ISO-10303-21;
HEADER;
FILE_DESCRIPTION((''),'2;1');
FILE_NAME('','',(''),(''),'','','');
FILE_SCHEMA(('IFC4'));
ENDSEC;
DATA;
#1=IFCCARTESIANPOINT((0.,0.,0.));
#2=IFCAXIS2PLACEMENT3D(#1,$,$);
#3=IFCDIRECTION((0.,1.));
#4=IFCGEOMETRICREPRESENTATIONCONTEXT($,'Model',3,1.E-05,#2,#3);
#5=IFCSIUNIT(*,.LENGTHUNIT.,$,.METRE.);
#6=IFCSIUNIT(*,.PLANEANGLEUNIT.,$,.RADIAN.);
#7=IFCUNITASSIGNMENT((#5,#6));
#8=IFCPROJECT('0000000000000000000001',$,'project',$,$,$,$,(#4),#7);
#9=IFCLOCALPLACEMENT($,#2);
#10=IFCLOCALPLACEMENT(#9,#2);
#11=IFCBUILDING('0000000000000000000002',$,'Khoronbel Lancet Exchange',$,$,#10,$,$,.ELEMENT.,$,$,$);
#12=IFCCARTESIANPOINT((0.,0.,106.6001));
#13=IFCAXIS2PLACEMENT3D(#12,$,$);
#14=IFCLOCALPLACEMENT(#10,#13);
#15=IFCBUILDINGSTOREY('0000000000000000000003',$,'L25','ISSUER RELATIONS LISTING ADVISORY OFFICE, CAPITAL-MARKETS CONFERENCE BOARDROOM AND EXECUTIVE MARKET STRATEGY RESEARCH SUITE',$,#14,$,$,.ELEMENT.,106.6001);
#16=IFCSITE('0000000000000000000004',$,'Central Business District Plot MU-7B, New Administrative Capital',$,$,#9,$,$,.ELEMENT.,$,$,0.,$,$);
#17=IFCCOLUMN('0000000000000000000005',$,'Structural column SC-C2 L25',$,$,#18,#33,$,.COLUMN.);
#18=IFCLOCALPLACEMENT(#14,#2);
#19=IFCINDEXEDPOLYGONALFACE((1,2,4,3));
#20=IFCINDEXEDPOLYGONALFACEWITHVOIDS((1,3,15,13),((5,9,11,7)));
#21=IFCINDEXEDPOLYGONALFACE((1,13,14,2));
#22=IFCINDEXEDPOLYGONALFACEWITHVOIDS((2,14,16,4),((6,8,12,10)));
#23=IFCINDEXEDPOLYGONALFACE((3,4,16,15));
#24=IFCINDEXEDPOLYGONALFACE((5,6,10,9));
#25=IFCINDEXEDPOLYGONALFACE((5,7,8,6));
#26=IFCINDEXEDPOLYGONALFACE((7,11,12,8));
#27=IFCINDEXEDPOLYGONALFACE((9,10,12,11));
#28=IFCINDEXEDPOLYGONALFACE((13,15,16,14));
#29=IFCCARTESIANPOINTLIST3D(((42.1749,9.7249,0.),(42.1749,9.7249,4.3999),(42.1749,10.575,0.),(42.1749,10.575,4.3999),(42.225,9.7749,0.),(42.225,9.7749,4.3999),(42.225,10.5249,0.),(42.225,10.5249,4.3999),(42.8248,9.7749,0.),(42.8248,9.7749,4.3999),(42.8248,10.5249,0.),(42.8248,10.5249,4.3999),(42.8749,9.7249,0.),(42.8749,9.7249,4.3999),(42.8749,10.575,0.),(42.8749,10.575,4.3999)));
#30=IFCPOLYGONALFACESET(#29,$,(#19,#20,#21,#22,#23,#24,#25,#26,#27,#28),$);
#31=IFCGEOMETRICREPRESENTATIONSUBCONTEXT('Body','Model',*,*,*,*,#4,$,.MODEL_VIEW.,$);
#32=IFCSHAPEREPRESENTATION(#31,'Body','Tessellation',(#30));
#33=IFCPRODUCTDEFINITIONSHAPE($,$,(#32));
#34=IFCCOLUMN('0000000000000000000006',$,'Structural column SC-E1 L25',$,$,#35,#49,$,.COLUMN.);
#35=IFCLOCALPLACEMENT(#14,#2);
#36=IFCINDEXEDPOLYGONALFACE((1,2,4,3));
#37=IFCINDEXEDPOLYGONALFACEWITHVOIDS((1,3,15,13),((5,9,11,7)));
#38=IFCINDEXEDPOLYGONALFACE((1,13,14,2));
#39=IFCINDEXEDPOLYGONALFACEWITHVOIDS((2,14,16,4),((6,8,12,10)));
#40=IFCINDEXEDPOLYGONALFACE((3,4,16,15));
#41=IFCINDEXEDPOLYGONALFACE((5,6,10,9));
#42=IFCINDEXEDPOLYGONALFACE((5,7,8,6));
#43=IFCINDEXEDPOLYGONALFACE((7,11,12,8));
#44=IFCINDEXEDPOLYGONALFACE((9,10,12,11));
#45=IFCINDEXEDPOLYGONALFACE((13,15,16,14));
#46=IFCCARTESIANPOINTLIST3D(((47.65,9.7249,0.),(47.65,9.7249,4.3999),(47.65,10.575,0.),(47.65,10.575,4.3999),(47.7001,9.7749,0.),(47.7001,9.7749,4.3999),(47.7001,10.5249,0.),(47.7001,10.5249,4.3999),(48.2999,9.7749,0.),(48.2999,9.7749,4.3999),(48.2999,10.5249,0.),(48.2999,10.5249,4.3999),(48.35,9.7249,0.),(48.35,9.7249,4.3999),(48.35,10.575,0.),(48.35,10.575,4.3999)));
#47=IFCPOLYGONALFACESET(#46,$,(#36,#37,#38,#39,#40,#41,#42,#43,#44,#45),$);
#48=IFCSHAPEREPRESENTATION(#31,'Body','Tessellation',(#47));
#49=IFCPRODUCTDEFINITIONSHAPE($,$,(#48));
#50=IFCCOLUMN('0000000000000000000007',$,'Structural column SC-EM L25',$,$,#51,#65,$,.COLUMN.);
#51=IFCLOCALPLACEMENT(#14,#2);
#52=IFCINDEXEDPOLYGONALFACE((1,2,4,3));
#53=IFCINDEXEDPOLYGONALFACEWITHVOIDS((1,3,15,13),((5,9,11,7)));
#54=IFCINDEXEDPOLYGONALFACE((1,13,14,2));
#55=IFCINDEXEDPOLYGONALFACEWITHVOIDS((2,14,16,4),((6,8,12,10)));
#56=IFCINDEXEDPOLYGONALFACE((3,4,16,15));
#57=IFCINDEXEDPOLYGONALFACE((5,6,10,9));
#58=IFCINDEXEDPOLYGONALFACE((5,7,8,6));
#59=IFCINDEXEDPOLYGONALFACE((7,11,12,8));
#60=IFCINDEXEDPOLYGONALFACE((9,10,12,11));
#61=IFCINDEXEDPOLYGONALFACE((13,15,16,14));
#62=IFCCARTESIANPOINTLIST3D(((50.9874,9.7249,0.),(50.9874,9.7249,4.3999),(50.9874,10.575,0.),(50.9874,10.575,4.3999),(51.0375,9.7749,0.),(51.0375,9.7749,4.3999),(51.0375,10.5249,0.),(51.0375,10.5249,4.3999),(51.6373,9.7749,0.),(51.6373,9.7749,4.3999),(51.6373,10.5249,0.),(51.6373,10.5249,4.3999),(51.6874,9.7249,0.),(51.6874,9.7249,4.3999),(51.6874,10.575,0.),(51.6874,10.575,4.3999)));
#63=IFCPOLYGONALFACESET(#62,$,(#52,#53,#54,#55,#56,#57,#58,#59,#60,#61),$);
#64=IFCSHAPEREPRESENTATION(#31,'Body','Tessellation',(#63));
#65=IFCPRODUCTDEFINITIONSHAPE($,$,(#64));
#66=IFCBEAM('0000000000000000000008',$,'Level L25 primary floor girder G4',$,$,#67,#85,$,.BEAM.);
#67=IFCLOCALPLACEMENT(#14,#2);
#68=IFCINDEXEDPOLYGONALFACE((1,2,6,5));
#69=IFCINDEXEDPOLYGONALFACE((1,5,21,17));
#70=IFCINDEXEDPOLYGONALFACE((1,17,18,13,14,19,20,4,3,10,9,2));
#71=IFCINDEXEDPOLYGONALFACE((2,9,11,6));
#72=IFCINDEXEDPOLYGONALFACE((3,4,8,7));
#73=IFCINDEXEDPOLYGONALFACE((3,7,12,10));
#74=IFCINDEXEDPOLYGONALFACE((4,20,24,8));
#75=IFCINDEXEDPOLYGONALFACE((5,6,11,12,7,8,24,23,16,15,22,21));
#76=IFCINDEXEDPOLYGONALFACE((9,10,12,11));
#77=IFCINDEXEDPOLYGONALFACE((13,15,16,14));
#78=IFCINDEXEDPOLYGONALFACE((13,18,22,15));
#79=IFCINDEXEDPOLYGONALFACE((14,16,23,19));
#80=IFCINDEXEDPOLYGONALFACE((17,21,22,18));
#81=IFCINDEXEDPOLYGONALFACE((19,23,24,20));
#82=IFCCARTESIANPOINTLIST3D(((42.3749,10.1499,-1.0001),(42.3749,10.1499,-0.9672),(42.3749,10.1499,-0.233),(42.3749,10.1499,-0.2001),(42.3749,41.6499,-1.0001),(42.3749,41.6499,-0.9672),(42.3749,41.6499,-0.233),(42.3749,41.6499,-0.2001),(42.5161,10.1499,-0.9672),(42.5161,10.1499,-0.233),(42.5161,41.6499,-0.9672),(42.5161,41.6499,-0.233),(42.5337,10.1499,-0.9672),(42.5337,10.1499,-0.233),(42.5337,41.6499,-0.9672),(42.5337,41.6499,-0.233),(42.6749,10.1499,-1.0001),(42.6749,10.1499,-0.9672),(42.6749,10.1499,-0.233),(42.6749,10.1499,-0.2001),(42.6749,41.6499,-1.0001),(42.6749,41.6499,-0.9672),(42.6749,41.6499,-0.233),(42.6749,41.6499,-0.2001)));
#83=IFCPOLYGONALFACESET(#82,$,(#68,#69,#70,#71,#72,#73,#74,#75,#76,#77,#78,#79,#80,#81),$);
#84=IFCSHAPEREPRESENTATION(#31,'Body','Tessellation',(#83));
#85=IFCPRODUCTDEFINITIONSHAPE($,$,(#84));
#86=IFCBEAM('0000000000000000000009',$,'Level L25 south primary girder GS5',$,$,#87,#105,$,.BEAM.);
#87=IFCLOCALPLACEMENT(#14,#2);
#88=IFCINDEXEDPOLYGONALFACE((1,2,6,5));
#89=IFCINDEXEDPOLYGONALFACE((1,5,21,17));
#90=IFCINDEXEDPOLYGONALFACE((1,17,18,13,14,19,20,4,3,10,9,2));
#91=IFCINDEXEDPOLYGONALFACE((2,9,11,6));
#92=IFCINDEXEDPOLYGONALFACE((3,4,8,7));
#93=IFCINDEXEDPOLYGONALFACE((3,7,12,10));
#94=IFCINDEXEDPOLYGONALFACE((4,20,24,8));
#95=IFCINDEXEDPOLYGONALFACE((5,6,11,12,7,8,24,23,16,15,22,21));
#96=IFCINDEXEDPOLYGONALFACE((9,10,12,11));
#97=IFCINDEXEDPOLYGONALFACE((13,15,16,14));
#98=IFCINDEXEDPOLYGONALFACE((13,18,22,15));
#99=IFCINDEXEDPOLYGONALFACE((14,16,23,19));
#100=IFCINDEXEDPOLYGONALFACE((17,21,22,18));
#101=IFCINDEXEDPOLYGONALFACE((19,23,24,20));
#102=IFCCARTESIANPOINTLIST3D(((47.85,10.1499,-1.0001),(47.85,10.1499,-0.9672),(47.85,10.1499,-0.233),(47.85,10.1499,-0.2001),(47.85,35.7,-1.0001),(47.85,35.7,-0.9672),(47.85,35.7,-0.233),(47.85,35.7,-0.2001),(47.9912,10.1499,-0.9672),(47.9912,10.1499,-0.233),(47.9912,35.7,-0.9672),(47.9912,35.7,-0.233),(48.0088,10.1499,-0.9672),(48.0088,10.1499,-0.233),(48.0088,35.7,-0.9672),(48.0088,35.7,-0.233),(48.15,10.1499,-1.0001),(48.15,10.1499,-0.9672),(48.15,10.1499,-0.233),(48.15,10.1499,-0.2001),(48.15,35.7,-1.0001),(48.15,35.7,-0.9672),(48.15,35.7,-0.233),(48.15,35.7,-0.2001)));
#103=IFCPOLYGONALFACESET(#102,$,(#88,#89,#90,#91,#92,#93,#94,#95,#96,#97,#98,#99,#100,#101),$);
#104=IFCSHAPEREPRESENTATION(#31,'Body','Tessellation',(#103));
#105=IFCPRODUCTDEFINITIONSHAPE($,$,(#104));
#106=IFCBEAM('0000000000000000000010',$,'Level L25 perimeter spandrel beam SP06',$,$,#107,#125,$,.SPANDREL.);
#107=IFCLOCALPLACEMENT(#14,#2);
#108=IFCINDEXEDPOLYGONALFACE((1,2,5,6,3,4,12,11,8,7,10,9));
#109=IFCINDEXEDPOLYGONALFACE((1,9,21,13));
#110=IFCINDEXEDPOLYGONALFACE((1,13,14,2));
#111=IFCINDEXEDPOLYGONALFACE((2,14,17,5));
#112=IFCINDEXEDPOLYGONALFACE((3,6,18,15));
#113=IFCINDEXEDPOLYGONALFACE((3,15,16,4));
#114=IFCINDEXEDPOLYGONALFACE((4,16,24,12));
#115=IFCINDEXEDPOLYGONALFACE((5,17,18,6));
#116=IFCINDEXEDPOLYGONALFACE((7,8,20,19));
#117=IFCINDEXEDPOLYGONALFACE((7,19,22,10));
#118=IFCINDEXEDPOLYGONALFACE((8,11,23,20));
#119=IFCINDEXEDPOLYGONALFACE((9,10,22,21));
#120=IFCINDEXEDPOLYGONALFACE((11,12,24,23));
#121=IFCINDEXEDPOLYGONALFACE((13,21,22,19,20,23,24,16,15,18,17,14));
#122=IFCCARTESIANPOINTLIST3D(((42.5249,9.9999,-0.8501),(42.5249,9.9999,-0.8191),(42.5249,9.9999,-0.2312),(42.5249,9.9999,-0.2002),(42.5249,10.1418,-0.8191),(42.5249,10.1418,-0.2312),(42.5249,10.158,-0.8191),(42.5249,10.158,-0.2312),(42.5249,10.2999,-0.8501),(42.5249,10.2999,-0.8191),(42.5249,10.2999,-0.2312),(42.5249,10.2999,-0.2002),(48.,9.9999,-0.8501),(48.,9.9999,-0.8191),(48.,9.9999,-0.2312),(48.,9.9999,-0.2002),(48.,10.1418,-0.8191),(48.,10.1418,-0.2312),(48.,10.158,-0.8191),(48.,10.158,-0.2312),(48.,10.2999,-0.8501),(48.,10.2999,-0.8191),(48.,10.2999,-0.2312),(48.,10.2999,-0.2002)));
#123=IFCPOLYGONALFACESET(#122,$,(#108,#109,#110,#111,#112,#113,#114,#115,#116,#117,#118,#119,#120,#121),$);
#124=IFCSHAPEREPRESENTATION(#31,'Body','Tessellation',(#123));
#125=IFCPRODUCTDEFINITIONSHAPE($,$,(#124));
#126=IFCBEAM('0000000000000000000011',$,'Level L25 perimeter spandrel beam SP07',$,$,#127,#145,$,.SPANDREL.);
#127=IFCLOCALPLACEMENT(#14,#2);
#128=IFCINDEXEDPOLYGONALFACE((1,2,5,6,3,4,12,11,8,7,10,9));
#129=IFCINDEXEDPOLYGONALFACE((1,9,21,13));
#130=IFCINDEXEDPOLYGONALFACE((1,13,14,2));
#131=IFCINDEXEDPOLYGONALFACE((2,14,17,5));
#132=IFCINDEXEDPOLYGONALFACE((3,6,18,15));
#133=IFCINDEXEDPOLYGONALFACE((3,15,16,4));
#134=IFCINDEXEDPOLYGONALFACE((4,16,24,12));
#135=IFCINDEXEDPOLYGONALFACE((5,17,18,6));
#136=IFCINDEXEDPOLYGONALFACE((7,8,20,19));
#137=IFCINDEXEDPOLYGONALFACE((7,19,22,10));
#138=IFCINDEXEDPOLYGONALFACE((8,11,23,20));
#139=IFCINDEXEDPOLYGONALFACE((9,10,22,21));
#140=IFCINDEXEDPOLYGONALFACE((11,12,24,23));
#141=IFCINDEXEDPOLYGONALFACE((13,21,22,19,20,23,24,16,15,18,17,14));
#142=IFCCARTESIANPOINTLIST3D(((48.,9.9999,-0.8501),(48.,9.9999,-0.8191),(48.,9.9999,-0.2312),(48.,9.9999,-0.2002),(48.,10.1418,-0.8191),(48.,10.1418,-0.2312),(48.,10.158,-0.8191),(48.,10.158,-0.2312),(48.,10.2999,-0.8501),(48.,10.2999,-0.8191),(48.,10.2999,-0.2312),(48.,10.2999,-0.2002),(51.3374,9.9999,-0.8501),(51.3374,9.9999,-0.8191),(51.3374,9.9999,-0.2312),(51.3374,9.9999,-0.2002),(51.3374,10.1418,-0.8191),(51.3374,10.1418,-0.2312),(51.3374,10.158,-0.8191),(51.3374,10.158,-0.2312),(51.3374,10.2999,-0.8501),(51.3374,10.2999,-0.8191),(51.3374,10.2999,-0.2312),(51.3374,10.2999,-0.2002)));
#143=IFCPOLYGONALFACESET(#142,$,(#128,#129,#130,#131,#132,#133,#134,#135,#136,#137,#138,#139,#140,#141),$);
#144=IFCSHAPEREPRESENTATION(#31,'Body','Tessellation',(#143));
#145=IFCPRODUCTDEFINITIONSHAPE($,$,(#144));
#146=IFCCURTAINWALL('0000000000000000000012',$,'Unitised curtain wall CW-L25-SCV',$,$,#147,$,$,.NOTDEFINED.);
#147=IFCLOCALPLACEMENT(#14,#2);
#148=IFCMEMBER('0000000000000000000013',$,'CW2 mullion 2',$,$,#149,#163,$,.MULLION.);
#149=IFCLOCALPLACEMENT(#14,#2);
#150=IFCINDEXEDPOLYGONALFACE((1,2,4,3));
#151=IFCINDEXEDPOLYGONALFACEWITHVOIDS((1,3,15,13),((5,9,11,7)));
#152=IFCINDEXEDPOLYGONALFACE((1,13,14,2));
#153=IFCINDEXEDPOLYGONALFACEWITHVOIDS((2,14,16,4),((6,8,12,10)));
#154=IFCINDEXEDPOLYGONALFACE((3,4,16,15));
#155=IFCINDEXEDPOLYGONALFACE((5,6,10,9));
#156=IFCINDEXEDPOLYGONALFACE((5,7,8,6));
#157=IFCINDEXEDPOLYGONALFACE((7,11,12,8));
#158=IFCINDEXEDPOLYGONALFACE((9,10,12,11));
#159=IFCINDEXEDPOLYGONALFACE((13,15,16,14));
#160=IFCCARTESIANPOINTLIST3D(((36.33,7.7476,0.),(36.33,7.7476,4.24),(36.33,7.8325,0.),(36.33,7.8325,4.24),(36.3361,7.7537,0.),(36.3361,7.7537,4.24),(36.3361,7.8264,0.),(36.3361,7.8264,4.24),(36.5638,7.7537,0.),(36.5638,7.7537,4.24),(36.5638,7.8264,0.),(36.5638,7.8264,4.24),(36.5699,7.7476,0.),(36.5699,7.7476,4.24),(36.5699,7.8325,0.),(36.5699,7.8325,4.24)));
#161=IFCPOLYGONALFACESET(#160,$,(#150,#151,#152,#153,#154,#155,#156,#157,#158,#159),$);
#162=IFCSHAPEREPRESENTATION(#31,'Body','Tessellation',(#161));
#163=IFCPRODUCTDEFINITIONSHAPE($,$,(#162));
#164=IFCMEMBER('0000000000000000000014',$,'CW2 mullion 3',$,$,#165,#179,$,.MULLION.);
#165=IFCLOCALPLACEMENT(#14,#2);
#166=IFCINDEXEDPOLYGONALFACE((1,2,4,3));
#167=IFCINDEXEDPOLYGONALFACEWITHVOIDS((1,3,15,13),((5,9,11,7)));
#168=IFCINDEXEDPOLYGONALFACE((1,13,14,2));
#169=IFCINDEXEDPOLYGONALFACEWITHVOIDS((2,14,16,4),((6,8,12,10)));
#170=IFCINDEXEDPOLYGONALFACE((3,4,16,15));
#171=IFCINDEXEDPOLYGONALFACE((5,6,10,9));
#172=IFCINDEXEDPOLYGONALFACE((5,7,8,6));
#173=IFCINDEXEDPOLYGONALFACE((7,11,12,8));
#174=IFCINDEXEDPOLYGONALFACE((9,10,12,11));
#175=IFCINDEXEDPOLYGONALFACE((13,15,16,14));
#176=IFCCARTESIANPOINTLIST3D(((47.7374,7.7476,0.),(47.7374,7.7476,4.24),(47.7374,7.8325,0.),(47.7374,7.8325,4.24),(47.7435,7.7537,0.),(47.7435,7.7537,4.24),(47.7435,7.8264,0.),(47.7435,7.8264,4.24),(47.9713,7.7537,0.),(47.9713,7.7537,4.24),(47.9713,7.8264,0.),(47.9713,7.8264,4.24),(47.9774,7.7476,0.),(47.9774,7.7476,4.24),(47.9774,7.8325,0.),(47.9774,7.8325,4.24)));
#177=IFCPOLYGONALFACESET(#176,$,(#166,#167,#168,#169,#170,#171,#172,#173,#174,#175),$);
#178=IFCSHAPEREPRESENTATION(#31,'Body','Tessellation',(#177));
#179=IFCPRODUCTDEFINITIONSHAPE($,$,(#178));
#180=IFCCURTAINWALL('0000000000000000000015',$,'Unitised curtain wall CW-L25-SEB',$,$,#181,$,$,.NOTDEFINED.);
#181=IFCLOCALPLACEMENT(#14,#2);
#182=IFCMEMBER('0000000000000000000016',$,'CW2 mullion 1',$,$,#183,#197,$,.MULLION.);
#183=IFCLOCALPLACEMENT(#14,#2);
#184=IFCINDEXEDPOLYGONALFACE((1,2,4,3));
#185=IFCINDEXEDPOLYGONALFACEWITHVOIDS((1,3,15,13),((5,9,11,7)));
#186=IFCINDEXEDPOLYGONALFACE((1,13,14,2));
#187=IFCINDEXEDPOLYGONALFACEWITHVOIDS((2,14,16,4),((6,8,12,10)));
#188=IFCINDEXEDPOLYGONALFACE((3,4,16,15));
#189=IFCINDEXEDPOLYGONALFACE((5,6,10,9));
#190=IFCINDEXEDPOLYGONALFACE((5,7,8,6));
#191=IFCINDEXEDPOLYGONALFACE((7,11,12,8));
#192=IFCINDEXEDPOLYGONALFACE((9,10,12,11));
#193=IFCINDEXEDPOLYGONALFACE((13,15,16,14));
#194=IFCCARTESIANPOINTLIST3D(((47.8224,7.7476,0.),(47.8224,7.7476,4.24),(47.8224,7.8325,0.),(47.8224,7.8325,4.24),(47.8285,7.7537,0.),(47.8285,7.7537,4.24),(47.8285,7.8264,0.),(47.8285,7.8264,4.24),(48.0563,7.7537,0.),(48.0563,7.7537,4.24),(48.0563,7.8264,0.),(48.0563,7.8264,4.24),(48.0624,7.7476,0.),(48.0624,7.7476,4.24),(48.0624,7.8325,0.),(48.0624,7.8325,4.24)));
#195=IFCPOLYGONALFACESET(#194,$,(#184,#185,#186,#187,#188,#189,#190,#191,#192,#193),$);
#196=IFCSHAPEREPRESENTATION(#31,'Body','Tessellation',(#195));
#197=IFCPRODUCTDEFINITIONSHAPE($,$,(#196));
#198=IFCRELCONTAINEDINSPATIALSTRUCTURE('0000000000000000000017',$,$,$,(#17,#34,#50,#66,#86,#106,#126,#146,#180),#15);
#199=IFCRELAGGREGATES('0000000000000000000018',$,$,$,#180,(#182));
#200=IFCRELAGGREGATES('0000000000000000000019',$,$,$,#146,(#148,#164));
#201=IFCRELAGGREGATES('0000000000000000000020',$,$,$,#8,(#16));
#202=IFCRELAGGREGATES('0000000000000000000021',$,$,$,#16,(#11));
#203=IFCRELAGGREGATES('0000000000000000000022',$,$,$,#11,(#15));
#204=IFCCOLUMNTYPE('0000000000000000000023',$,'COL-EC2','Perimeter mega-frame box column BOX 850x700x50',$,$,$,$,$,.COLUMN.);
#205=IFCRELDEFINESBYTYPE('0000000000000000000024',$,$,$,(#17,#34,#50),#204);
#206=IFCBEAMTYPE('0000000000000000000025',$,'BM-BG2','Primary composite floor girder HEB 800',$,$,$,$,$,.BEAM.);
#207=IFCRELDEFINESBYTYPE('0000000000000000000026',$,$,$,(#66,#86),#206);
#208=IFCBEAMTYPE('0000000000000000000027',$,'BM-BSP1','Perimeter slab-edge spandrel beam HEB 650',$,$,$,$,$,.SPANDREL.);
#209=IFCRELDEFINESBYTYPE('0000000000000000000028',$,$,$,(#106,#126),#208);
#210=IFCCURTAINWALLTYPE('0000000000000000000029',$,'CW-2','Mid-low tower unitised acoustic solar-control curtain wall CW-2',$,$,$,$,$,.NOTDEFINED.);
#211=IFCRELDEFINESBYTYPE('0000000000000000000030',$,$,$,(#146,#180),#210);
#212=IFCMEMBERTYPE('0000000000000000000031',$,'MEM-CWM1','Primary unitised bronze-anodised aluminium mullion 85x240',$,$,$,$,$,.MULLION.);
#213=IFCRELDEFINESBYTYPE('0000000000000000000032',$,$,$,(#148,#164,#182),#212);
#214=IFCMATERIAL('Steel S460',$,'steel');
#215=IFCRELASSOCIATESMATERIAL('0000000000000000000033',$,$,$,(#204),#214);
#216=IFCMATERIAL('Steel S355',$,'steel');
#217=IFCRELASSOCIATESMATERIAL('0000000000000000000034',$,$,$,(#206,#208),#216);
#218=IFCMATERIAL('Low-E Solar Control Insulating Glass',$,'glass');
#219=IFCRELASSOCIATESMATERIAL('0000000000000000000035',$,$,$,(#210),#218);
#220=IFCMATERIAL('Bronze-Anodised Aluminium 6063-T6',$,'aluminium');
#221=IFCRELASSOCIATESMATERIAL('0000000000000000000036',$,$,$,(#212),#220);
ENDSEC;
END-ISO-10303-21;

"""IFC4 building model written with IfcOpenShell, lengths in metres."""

from ifc_helpers import new_model, si_unit, direction, frame, origin, origin_2d, place, context, subcontext, project, spatial, hollow_rectangle, i_section, extrude, material, material_profile, profile_set, type_object, element, aggregate, save


model = new_model("IFC4")

# Units and contexts
model_context = context("Model", 3, precision=1e-05, world=origin(), true_north=direction((0.0, 1.0)))
body_context = subcontext(model_context, "Body", "Model", "MODEL_VIEW")
ifc_project = project(units=[si_unit("LENGTHUNIT", "METRE"), si_unit("PLANEANGLEUNIT", "RADIAN")], contexts=[model_context])

# Site, building, storey
site_placement = place(None, origin())
site = spatial("IfcSite", under=ifc_project, at=site_placement, Name="Central Business District Plot MU-7B, New Administrative Capital", CompositionType="ELEMENT", RefElevation=0.0)
building_placement = place(site_placement, origin())
building = spatial("IfcBuilding", under=site, at=building_placement, Name="Khoronbel Lancet Exchange", CompositionType="ELEMENT")
storey_placement = place(building_placement, frame((0.0, 0.0, 106.6001)))
storey = spatial("IfcBuildingStorey", under=building, at=storey_placement, Name="L25", Description="ISSUER RELATIONS LISTING ADVISORY OFFICE, CAPITAL-MARKETS CONFERENCE BOARDROOM AND EXECUTIVE MARKET STRATEGY RESEARCH SUITE", CompositionType="ELEMENT", Elevation=106.6001)

# Columns
ifc_material_1 = material(Name="Steel S460", Category="steel")
ifc_material_profile_1 = material_profile(ifc_material_1, hollow_rectangle(XDim=0.7, YDim=0.8501, WallThickness=0.05, at=origin_2d()), Name="BOX 850x700x50")
ifc_profile_set_1 = profile_set([ifc_material_profile_1], Name="Steel S460")
column_type = type_object("IfcColumnType", Name="COL-EC2", Description="Perimeter mega-frame box column BOX 850x700x50", PredefinedType="COLUMN", material=ifc_profile_set_1)
for number, where, z_axis, x_axis, name in (
    (1, (42.5249, 10.1499, 0.0), (0.0, 0.0, 1.0), (1.0, 0.0, 0.0), "Structural column SC-C2 L25"),
    (2, (48.0, 10.1499, 0.0), (0.0, 0.0, 1.0), (1.0, 0.0, 0.0), "Structural column SC-E1 L25"),
    (3, (51.3374, 10.1499, 0.0), (0.0, 0.0, 1.0), (1.0, 0.0, 0.0), "Structural column SC-EM L25"),
):
    element("IfcColumn", number, at=place(storey_placement, frame(where, z_axis=z_axis, x_axis=x_axis)), inside=storey, type_object=column_type, Name=name, PredefinedType="COLUMN", context=body_context, shape_type="SweptSolid", body=[
        extrude(hollow_rectangle(XDim=0.7, YDim=0.8501, WallThickness=0.05, at=origin_2d()), origin(), (0.0, 0.0, 1.0), 4.3999),
    ])

# Beams
ifc_material_2 = material(Name="Steel S355", Category="steel")
ifc_material_profile_2 = material_profile(ifc_material_2, i_section(OverallWidth=0.3, OverallDepth=0.8, WebThickness=0.0176, FlangeThickness=0.033, at=origin_2d()), Name="HEB 800")
ifc_profile_set_2 = profile_set([ifc_material_profile_2], Name="Steel S355")
beam_type_1 = type_object("IfcBeamType", Name="BM-BG2", Description="Primary composite floor girder HEB 800", PredefinedType="BEAM", material=ifc_profile_set_2)
beam_1_placement = place(storey_placement, frame((42.5249, 10.1499, -0.6001), z_axis=(0.0, 1.0, 0.0), x_axis=(-1.0, 0.0, 0.0)))
element("IfcBeam", 4, at=beam_1_placement, inside=storey, type_object=beam_type_1, Name="Level L25 primary floor girder G4", PredefinedType="BEAM", context=body_context, shape_type="SweptSolid", body=[
    extrude(i_section(OverallWidth=0.3, OverallDepth=0.8, WebThickness=0.0176, FlangeThickness=0.033, at=origin_2d()), origin(), (0.0, 0.0, 1.0), 31.5),
])
beam_2_placement = place(storey_placement, frame((48.0, 10.1499, -0.6001), z_axis=(0.0, 1.0, 0.0), x_axis=(-1.0, 0.0, 0.0)))
element("IfcBeam", 5, at=beam_2_placement, inside=storey, type_object=beam_type_1, Name="Level L25 south primary girder GS5", PredefinedType="BEAM", context=body_context, shape_type="SweptSolid", body=[
    extrude(i_section(OverallWidth=0.3, OverallDepth=0.8, WebThickness=0.0176, FlangeThickness=0.033, at=origin_2d()), origin(), (0.0, 0.0, 1.0), 25.55),
])
ifc_material_profile_3 = material_profile(ifc_material_2, i_section(OverallWidth=0.3, OverallDepth=0.6499, WebThickness=0.0161, FlangeThickness=0.031, at=origin_2d()), Name="HEB 650")
ifc_profile_set_3 = profile_set([ifc_material_profile_3], Name="Steel S355")
beam_type_2 = type_object("IfcBeamType", Name="BM-BSP1", Description="Perimeter slab-edge spandrel beam HEB 650", PredefinedType="SPANDREL", material=ifc_profile_set_3)
beam_3_placement = place(storey_placement, frame((42.5249, 10.1499, -0.5251), z_axis=(1.0, 0.0, 0.0), x_axis=(0.0, 1.0, 0.0)))
element("IfcBeam", 6, at=beam_3_placement, inside=storey, type_object=beam_type_2, Name="Level L25 perimeter spandrel beam SP06", PredefinedType="SPANDREL", context=body_context, shape_type="SweptSolid", body=[
    extrude(i_section(OverallWidth=0.3, OverallDepth=0.6499, WebThickness=0.0161, FlangeThickness=0.031, at=origin_2d()), origin(), (0.0, 0.0, 1.0), 5.4751),
])
beam_4_placement = place(storey_placement, frame((48.0, 10.1499, -0.5251), z_axis=(1.0, 0.0, 0.0), x_axis=(0.0, 1.0, 0.0)))
element("IfcBeam", 7, at=beam_4_placement, inside=storey, type_object=beam_type_2, Name="Level L25 perimeter spandrel beam SP07", PredefinedType="SPANDREL", context=body_context, shape_type="SweptSolid", body=[
    extrude(i_section(OverallWidth=0.3, OverallDepth=0.6499, WebThickness=0.0161, FlangeThickness=0.031, at=origin_2d()), origin(), (0.0, 0.0, 1.0), 3.3374),
])

# Curtain wall, members
ifc_material_3 = material(Name="Low-E Solar Control Insulating Glass", Category="glass")
curtain_wall_type = type_object("IfcCurtainWallType", Name="CW-2", Description="Mid-low tower unitised acoustic solar-control curtain wall CW-2", PredefinedType="NOTDEFINED", material=ifc_material_3)
curtain_wall_1_placement = place(storey_placement, origin())
curtain_wall_1 = element("IfcCurtainWall", 8, at=curtain_wall_1_placement, inside=storey, type_object=curtain_wall_type, Name="Unitised curtain wall CW-L25-SCV", PredefinedType="NOTDEFINED")
ifc_material_4 = material(Name="Bronze-Anodised Aluminium 6063-T6", Category="aluminium")
ifc_material_profile_4 = material_profile(ifc_material_4, hollow_rectangle(XDim=0.085, YDim=0.24, WallThickness=0.0061, at=origin_2d()), Name="ALU MULLION 85x240")
ifc_profile_set_4 = profile_set([ifc_material_profile_4], Name="Bronze-Anodised Aluminium 6063-T6")
member_type_1 = type_object("IfcMemberType", Name="MEM-CWM1", Description="Primary unitised bronze-anodised aluminium mullion 85x240", PredefinedType="MULLION", material=ifc_profile_set_4)
member_1_placement = place(storey_placement, frame((36.45, 7.79, 0.0), z_axis=(0.0, 0.0, 1.0), x_axis=(0.0, 1.0, 0.0)))
member_1 = element("IfcMember", 9, at=member_1_placement, type_object=member_type_1, Name="CW2 mullion 2", PredefinedType="MULLION", context=body_context, shape_type="SweptSolid", body=[
    extrude(hollow_rectangle(XDim=0.085, YDim=0.24, WallThickness=0.0061, at=origin_2d()), origin(), (0.0, 0.0, 1.0), 4.24),
])
member_2_placement = place(storey_placement, frame((47.8574, 7.79, 0.0), z_axis=(0.0, 0.0, 1.0), x_axis=(0.0, 1.0, 0.0)))
member_2 = element("IfcMember", 10, at=member_2_placement, type_object=member_type_1, Name="CW2 mullion 3", PredefinedType="MULLION", context=body_context, shape_type="SweptSolid", body=[
    extrude(hollow_rectangle(XDim=0.085, YDim=0.24, WallThickness=0.0061, at=origin_2d()), origin(), (0.0, 0.0, 1.0), 4.24),
])

# Curtain wall, member
curtain_wall_2_placement = place(storey_placement, origin())
curtain_wall_2 = element("IfcCurtainWall", 11, at=curtain_wall_2_placement, inside=storey, type_object=curtain_wall_type, Name="Unitised curtain wall CW-L25-SEB", PredefinedType="NOTDEFINED")
member_3_placement = place(storey_placement, frame((47.9424, 7.79, 0.0), z_axis=(0.0, 0.0, 1.0), x_axis=(0.0, 1.0, 0.0)))
member_3 = element("IfcMember", 12, at=member_3_placement, type_object=member_type_1, Name="CW2 mullion 1", PredefinedType="MULLION", context=body_context, shape_type="SweptSolid", body=[
    extrude(hollow_rectangle(XDim=0.085, YDim=0.24, WallThickness=0.0061, at=origin_2d()), origin(), (0.0, 0.0, 1.0), 4.24),
])

aggregate(curtain_wall_2, [member_3])
aggregate(curtain_wall_1, [member_1, member_2])

save(model, "model.ifc")
